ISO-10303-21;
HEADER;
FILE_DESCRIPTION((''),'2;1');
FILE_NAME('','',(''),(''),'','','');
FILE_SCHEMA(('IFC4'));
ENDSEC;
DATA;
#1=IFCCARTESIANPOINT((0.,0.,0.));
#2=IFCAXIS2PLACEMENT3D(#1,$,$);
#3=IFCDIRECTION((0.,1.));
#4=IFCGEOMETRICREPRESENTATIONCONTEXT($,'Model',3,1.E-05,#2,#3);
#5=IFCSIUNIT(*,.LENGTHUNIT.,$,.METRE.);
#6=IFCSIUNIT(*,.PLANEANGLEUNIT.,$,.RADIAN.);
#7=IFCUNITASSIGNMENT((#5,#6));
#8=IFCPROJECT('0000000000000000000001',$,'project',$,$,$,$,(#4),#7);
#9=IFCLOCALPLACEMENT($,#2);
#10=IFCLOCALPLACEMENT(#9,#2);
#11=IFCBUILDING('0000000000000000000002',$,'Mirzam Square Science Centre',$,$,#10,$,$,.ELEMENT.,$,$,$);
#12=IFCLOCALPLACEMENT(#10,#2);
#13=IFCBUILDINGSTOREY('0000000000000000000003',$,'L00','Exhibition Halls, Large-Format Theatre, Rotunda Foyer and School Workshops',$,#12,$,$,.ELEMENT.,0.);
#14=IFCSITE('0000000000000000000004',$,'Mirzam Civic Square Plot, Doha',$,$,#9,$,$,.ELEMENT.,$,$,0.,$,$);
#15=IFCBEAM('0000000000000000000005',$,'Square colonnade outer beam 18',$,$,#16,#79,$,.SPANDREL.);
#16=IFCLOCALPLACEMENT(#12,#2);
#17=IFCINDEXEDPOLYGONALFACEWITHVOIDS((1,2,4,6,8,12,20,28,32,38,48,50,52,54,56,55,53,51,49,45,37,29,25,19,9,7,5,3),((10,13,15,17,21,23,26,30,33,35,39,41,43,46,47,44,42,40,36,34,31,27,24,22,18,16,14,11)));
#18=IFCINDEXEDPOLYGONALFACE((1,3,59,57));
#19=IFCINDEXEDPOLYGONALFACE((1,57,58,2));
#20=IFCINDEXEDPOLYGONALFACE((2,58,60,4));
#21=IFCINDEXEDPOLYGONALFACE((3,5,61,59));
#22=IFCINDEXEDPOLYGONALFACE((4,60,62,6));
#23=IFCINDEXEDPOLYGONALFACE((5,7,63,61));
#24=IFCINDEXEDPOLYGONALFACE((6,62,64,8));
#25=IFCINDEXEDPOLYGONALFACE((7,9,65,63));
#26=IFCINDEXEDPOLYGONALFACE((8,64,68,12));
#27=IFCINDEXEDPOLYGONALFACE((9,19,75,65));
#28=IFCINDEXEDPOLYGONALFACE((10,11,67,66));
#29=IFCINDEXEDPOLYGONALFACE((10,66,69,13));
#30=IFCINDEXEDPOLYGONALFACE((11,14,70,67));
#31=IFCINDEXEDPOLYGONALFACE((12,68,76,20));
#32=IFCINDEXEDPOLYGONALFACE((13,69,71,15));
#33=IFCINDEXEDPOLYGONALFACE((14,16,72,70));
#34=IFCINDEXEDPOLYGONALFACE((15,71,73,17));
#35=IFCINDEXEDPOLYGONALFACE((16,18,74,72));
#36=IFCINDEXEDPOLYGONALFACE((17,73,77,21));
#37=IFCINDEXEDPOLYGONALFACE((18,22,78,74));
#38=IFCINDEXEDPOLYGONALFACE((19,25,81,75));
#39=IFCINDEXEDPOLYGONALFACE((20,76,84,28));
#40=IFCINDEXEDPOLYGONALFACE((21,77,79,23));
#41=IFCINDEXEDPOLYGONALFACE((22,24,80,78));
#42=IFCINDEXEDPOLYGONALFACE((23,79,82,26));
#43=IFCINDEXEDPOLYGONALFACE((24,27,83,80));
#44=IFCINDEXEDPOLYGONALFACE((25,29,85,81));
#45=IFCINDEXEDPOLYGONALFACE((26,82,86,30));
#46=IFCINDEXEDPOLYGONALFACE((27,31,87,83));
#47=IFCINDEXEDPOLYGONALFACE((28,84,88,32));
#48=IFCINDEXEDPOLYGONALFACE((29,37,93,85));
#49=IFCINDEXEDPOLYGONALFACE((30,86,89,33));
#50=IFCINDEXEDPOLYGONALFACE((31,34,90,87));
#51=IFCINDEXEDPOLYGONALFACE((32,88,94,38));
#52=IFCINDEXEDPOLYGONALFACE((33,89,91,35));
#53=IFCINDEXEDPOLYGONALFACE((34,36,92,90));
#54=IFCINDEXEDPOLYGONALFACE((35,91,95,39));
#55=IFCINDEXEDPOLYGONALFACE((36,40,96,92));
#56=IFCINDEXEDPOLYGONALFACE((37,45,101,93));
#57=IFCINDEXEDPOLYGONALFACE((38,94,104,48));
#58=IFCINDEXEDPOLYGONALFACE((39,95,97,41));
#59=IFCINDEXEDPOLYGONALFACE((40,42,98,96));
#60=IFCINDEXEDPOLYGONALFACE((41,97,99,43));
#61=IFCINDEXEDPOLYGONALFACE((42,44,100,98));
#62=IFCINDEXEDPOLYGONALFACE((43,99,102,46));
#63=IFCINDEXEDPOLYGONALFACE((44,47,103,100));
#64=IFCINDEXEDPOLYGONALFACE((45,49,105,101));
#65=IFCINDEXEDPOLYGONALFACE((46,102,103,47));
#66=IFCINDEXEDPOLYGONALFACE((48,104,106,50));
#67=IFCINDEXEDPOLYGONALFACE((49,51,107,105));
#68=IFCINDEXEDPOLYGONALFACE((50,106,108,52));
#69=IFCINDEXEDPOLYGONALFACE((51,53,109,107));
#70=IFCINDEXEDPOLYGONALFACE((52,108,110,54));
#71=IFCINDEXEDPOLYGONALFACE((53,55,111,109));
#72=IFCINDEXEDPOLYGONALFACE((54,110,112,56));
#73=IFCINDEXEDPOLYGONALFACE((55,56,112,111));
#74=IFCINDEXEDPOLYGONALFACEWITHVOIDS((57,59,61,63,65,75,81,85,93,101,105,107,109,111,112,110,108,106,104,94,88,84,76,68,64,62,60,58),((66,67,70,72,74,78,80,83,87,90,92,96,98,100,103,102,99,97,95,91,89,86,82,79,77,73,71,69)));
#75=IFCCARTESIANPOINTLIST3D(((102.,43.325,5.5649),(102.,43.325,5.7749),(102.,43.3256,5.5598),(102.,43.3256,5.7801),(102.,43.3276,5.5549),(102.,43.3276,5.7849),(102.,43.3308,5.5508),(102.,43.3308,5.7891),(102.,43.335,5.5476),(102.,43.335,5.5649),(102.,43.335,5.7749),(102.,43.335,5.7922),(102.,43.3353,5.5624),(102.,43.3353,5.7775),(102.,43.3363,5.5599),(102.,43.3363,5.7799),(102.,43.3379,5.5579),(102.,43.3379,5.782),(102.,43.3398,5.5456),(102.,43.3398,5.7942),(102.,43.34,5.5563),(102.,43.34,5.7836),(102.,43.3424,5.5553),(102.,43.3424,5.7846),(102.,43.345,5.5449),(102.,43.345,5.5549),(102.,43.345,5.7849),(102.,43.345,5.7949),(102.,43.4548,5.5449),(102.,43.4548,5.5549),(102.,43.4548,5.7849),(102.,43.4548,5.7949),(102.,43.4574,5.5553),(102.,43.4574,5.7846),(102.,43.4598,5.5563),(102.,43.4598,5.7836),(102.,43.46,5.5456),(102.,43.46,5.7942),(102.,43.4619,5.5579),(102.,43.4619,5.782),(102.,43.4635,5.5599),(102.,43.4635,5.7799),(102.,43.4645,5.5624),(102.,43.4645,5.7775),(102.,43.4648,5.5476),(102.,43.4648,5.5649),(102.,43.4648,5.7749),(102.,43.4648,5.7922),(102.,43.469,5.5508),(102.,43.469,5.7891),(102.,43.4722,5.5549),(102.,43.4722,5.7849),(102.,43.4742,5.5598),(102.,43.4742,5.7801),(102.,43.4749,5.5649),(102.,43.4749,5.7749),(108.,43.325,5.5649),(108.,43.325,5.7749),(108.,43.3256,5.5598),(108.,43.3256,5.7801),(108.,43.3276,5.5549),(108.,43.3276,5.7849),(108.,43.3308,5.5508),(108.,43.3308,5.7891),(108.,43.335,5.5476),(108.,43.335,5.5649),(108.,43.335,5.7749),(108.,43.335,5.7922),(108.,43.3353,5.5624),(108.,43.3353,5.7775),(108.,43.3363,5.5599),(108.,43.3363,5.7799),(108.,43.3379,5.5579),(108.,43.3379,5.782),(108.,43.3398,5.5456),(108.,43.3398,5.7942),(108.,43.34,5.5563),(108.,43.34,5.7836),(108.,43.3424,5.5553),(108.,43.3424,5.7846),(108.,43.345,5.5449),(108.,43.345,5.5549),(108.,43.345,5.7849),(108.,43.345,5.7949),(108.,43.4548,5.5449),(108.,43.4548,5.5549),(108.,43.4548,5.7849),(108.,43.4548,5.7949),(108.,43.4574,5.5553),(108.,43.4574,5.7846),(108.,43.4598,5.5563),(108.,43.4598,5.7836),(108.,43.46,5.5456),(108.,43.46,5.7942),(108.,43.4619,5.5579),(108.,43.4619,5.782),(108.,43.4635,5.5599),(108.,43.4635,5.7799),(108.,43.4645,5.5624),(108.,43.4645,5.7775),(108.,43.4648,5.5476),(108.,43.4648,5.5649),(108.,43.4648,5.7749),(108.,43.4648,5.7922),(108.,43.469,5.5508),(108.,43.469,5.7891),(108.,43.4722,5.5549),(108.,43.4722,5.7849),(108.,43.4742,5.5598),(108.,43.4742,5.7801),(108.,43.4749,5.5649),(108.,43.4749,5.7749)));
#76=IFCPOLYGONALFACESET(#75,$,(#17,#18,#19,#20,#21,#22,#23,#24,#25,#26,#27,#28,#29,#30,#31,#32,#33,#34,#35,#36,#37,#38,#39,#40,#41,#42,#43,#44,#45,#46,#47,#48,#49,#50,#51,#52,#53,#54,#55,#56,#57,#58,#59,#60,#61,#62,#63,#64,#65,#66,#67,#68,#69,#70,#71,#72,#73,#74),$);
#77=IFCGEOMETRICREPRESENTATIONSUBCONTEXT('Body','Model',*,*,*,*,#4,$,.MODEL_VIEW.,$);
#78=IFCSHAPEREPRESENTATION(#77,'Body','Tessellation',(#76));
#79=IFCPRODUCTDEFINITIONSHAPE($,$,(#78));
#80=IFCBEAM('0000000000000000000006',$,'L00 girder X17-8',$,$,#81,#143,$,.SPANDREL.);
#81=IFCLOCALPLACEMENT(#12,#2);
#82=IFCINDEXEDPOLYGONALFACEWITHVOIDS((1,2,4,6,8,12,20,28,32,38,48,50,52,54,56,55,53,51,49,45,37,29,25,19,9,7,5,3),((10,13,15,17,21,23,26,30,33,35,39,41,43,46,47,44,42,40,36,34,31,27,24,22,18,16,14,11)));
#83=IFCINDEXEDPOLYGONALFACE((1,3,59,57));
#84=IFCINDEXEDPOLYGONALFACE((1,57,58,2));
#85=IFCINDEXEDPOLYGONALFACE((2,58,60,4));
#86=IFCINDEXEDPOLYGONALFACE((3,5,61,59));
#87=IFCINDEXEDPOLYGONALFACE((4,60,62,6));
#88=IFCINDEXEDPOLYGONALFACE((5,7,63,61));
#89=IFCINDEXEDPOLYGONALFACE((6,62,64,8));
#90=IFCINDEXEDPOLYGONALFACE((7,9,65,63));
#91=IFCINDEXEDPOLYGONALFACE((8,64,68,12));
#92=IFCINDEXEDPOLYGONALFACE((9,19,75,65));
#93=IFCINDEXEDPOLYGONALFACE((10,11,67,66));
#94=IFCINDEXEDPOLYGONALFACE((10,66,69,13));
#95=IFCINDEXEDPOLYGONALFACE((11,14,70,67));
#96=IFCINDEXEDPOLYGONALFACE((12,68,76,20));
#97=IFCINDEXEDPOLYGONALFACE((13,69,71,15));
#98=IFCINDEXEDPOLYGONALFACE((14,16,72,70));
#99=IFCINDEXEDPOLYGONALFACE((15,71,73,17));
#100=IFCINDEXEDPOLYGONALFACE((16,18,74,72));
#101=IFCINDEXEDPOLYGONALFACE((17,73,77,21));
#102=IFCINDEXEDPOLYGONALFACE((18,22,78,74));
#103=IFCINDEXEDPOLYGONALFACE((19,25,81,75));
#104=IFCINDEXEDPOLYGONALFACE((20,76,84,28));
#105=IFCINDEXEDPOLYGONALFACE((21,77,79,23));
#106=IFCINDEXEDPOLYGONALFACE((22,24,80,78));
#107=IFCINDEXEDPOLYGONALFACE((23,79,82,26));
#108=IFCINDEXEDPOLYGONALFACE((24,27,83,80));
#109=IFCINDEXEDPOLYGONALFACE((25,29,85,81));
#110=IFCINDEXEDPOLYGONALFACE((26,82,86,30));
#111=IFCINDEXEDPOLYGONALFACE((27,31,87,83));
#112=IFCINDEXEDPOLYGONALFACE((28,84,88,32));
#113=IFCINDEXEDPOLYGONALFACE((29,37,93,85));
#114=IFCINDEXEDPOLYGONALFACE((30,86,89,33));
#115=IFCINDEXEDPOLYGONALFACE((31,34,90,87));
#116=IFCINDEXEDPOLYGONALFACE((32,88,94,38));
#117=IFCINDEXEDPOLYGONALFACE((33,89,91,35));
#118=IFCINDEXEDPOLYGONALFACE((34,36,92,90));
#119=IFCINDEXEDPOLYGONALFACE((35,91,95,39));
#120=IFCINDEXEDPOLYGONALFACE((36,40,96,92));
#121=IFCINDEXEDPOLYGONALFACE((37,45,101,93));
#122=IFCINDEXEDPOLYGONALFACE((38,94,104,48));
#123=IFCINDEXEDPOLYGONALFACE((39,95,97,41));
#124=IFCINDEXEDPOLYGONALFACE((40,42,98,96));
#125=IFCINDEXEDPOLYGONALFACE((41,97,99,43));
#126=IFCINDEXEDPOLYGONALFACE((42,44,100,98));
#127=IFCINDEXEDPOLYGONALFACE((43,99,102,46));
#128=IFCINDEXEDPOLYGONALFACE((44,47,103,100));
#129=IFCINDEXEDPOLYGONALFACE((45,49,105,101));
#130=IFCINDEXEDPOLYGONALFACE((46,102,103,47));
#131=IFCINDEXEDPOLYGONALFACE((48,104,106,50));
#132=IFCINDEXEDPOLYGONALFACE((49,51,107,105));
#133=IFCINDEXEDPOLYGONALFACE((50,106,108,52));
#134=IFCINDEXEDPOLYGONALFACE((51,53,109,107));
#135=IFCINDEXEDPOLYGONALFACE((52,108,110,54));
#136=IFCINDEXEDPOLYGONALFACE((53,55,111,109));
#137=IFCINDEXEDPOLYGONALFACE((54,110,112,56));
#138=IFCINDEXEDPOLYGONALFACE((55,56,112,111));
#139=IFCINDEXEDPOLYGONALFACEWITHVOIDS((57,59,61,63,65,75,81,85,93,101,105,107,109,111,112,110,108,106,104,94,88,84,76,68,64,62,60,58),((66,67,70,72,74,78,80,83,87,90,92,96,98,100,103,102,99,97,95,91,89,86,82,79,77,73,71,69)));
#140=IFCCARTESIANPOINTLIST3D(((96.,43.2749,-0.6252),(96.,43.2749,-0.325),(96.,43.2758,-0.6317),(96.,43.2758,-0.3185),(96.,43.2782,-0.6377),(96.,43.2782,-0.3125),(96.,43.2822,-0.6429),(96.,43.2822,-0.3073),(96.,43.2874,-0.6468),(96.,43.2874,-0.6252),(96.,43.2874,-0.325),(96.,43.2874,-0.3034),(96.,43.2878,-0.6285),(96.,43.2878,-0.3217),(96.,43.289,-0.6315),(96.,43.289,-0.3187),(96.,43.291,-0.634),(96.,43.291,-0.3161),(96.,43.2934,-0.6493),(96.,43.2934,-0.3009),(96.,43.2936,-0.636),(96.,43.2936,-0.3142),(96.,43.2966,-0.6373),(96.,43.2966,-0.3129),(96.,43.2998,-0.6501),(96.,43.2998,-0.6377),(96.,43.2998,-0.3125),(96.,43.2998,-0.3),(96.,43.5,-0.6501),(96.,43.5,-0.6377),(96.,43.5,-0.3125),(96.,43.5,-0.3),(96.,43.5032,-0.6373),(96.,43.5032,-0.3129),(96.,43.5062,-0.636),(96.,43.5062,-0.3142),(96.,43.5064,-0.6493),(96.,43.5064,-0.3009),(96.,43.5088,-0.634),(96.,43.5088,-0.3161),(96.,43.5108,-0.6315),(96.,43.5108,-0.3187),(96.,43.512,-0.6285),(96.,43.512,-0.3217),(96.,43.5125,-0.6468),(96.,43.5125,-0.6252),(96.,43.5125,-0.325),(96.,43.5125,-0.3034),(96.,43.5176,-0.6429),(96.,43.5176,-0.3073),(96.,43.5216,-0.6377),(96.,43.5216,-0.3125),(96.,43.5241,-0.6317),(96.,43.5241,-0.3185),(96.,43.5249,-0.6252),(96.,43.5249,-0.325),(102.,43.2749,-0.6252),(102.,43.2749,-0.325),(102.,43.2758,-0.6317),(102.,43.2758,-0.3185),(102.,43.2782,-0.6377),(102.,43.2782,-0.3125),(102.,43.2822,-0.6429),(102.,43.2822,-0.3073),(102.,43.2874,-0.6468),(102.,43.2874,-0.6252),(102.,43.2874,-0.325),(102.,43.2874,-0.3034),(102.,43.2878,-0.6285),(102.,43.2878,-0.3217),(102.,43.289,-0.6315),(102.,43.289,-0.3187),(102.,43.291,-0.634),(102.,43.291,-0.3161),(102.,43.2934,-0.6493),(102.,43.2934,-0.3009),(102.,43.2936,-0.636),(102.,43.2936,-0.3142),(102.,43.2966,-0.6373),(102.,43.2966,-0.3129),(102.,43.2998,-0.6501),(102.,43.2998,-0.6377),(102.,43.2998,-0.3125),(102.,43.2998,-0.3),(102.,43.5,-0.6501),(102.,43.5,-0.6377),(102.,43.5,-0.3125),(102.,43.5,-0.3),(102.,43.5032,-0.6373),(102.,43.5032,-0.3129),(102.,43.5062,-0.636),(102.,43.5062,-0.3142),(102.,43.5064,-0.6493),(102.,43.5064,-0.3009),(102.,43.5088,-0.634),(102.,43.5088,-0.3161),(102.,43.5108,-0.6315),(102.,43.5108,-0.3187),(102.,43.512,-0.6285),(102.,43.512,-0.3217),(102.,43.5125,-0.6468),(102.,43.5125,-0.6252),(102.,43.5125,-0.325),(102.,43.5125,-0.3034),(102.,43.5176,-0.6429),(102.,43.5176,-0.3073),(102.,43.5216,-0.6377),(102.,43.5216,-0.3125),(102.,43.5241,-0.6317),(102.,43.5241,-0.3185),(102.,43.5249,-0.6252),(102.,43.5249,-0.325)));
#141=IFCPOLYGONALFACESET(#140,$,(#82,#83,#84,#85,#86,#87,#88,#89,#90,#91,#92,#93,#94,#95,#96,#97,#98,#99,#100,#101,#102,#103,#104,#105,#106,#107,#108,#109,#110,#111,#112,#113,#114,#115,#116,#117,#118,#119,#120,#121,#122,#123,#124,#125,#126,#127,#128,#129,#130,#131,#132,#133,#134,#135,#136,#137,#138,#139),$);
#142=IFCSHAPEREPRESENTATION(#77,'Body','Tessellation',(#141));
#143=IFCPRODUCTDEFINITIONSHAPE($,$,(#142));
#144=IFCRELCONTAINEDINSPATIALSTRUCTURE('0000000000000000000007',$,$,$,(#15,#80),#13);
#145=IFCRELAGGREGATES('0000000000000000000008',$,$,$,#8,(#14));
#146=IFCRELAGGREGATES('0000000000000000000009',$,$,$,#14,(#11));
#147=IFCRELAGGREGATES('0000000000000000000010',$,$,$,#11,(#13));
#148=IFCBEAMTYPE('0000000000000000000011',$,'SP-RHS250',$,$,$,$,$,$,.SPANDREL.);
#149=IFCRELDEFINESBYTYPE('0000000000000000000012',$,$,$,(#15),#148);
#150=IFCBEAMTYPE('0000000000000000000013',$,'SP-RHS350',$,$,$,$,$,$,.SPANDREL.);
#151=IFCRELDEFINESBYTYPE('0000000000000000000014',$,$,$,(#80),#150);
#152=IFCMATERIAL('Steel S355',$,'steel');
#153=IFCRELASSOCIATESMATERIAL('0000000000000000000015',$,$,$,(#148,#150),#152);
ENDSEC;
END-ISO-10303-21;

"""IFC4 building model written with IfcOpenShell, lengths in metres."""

from ifc_helpers import new_model, si_unit, direction, frame, origin, origin_2d, place, context, subcontext, project, spatial, hollow_rectangle, extrude, material, material_profile, profile_set, type_object, element, save


model = new_model("IFC4")

# Units and contexts
model_context = context("Model", 3, precision=1e-05, world=origin(), true_north=direction((0.0, 1.0)))
body_context = subcontext(model_context, "Body", "Model", "MODEL_VIEW")
ifc_project = project(units=[si_unit("LENGTHUNIT", "METRE"), si_unit("PLANEANGLEUNIT", "RADIAN")], contexts=[model_context])

# Site, building, storey
site_placement = place(None, origin())
site = spatial("IfcSite", under=ifc_project, at=site_placement, Name="Mirzam Civic Square Plot, Doha", CompositionType="ELEMENT", RefElevation=0.0)
building_placement = place(site_placement, origin())
building = spatial("IfcBuilding", under=site, at=building_placement, Name="Mirzam Square Science Centre", CompositionType="ELEMENT")
storey_placement = place(building_placement, origin())
storey = spatial("IfcBuildingStorey", under=building, at=storey_placement, Name="L00", Description="Exhibition Halls, Large-Format Theatre, Rotunda Foyer and School Workshops", CompositionType="ELEMENT", Elevation=0.0)

# Shared definitions
ifc_material_1 = material(Name="Steel S355", Category="steel")

# Beams
ifc_material_profile_1 = material_profile(ifc_material_1, hollow_rectangle(XDim=0.1499, YDim=0.25, WallThickness=0.01, InnerFilletRadius=0.01, OuterFilletRadius=0.02, at=origin_2d()), Name="250x150x10.0RHS")
ifc_profile_set_1 = profile_set([ifc_material_profile_1], Name="Steel S355")
beam_type_1 = type_object("IfcBeamType", Name="SP-RHS250", PredefinedType="SPANDREL", material=ifc_profile_set_1)
for number, where, z_axis, x_axis, name in (
    (1, (102.0, 43.3999, 5.6699), (1.0, 0.0, 0.0), (0.0, 1.0, 0.0), "Square colonnade outer beam 18"),
):
    element("IfcBeam", number, at=place(storey_placement, frame(where, z_axis=z_axis, x_axis=x_axis)), inside=storey, type_object=beam_type_1, Name=name, PredefinedType="SPANDREL", context=body_context, shape_type="SweptSolid", body=[
        extrude(hollow_rectangle(XDim=0.1499, YDim=0.25, WallThickness=0.01, InnerFilletRadius=0.01, OuterFilletRadius=0.02, at=origin_2d()), origin(), (0.0, 0.0, 1.0), 6.0),
    ])
ifc_material_profile_2 = material_profile(ifc_material_1, hollow_rectangle(XDim=0.25, YDim=0.3501, WallThickness=0.0125, InnerFilletRadius=0.0125, OuterFilletRadius=0.0249, at=origin_2d()), Name="350x250x12.5RHS")
ifc_profile_set_2 = profile_set([ifc_material_profile_2], Name="Steel S355")
beam_type_2 = type_object("IfcBeamType", Name="SP-RHS350", PredefinedType="SPANDREL", material=ifc_profile_set_2)
for number, where, z_axis, x_axis, name in (
    (2, (96.0, 43.3999, -0.4751), (1.0, 0.0, 0.0), (0.0, 1.0, 0.0), "L00 girder X17-8"),
):
    element("IfcBeam", number, at=place(storey_placement, frame(where, z_axis=z_axis, x_axis=x_axis)), inside=storey, type_object=beam_type_2, Name=name, PredefinedType="SPANDREL", context=body_context, shape_type="SweptSolid", body=[
        extrude(hollow_rectangle(XDim=0.25, YDim=0.3501, WallThickness=0.0125, InnerFilletRadius=0.0125, OuterFilletRadius=0.0249, at=origin_2d()), origin(), (0.0, 0.0, 1.0), 6.0),
    ])

save(model, "model.ifc")
